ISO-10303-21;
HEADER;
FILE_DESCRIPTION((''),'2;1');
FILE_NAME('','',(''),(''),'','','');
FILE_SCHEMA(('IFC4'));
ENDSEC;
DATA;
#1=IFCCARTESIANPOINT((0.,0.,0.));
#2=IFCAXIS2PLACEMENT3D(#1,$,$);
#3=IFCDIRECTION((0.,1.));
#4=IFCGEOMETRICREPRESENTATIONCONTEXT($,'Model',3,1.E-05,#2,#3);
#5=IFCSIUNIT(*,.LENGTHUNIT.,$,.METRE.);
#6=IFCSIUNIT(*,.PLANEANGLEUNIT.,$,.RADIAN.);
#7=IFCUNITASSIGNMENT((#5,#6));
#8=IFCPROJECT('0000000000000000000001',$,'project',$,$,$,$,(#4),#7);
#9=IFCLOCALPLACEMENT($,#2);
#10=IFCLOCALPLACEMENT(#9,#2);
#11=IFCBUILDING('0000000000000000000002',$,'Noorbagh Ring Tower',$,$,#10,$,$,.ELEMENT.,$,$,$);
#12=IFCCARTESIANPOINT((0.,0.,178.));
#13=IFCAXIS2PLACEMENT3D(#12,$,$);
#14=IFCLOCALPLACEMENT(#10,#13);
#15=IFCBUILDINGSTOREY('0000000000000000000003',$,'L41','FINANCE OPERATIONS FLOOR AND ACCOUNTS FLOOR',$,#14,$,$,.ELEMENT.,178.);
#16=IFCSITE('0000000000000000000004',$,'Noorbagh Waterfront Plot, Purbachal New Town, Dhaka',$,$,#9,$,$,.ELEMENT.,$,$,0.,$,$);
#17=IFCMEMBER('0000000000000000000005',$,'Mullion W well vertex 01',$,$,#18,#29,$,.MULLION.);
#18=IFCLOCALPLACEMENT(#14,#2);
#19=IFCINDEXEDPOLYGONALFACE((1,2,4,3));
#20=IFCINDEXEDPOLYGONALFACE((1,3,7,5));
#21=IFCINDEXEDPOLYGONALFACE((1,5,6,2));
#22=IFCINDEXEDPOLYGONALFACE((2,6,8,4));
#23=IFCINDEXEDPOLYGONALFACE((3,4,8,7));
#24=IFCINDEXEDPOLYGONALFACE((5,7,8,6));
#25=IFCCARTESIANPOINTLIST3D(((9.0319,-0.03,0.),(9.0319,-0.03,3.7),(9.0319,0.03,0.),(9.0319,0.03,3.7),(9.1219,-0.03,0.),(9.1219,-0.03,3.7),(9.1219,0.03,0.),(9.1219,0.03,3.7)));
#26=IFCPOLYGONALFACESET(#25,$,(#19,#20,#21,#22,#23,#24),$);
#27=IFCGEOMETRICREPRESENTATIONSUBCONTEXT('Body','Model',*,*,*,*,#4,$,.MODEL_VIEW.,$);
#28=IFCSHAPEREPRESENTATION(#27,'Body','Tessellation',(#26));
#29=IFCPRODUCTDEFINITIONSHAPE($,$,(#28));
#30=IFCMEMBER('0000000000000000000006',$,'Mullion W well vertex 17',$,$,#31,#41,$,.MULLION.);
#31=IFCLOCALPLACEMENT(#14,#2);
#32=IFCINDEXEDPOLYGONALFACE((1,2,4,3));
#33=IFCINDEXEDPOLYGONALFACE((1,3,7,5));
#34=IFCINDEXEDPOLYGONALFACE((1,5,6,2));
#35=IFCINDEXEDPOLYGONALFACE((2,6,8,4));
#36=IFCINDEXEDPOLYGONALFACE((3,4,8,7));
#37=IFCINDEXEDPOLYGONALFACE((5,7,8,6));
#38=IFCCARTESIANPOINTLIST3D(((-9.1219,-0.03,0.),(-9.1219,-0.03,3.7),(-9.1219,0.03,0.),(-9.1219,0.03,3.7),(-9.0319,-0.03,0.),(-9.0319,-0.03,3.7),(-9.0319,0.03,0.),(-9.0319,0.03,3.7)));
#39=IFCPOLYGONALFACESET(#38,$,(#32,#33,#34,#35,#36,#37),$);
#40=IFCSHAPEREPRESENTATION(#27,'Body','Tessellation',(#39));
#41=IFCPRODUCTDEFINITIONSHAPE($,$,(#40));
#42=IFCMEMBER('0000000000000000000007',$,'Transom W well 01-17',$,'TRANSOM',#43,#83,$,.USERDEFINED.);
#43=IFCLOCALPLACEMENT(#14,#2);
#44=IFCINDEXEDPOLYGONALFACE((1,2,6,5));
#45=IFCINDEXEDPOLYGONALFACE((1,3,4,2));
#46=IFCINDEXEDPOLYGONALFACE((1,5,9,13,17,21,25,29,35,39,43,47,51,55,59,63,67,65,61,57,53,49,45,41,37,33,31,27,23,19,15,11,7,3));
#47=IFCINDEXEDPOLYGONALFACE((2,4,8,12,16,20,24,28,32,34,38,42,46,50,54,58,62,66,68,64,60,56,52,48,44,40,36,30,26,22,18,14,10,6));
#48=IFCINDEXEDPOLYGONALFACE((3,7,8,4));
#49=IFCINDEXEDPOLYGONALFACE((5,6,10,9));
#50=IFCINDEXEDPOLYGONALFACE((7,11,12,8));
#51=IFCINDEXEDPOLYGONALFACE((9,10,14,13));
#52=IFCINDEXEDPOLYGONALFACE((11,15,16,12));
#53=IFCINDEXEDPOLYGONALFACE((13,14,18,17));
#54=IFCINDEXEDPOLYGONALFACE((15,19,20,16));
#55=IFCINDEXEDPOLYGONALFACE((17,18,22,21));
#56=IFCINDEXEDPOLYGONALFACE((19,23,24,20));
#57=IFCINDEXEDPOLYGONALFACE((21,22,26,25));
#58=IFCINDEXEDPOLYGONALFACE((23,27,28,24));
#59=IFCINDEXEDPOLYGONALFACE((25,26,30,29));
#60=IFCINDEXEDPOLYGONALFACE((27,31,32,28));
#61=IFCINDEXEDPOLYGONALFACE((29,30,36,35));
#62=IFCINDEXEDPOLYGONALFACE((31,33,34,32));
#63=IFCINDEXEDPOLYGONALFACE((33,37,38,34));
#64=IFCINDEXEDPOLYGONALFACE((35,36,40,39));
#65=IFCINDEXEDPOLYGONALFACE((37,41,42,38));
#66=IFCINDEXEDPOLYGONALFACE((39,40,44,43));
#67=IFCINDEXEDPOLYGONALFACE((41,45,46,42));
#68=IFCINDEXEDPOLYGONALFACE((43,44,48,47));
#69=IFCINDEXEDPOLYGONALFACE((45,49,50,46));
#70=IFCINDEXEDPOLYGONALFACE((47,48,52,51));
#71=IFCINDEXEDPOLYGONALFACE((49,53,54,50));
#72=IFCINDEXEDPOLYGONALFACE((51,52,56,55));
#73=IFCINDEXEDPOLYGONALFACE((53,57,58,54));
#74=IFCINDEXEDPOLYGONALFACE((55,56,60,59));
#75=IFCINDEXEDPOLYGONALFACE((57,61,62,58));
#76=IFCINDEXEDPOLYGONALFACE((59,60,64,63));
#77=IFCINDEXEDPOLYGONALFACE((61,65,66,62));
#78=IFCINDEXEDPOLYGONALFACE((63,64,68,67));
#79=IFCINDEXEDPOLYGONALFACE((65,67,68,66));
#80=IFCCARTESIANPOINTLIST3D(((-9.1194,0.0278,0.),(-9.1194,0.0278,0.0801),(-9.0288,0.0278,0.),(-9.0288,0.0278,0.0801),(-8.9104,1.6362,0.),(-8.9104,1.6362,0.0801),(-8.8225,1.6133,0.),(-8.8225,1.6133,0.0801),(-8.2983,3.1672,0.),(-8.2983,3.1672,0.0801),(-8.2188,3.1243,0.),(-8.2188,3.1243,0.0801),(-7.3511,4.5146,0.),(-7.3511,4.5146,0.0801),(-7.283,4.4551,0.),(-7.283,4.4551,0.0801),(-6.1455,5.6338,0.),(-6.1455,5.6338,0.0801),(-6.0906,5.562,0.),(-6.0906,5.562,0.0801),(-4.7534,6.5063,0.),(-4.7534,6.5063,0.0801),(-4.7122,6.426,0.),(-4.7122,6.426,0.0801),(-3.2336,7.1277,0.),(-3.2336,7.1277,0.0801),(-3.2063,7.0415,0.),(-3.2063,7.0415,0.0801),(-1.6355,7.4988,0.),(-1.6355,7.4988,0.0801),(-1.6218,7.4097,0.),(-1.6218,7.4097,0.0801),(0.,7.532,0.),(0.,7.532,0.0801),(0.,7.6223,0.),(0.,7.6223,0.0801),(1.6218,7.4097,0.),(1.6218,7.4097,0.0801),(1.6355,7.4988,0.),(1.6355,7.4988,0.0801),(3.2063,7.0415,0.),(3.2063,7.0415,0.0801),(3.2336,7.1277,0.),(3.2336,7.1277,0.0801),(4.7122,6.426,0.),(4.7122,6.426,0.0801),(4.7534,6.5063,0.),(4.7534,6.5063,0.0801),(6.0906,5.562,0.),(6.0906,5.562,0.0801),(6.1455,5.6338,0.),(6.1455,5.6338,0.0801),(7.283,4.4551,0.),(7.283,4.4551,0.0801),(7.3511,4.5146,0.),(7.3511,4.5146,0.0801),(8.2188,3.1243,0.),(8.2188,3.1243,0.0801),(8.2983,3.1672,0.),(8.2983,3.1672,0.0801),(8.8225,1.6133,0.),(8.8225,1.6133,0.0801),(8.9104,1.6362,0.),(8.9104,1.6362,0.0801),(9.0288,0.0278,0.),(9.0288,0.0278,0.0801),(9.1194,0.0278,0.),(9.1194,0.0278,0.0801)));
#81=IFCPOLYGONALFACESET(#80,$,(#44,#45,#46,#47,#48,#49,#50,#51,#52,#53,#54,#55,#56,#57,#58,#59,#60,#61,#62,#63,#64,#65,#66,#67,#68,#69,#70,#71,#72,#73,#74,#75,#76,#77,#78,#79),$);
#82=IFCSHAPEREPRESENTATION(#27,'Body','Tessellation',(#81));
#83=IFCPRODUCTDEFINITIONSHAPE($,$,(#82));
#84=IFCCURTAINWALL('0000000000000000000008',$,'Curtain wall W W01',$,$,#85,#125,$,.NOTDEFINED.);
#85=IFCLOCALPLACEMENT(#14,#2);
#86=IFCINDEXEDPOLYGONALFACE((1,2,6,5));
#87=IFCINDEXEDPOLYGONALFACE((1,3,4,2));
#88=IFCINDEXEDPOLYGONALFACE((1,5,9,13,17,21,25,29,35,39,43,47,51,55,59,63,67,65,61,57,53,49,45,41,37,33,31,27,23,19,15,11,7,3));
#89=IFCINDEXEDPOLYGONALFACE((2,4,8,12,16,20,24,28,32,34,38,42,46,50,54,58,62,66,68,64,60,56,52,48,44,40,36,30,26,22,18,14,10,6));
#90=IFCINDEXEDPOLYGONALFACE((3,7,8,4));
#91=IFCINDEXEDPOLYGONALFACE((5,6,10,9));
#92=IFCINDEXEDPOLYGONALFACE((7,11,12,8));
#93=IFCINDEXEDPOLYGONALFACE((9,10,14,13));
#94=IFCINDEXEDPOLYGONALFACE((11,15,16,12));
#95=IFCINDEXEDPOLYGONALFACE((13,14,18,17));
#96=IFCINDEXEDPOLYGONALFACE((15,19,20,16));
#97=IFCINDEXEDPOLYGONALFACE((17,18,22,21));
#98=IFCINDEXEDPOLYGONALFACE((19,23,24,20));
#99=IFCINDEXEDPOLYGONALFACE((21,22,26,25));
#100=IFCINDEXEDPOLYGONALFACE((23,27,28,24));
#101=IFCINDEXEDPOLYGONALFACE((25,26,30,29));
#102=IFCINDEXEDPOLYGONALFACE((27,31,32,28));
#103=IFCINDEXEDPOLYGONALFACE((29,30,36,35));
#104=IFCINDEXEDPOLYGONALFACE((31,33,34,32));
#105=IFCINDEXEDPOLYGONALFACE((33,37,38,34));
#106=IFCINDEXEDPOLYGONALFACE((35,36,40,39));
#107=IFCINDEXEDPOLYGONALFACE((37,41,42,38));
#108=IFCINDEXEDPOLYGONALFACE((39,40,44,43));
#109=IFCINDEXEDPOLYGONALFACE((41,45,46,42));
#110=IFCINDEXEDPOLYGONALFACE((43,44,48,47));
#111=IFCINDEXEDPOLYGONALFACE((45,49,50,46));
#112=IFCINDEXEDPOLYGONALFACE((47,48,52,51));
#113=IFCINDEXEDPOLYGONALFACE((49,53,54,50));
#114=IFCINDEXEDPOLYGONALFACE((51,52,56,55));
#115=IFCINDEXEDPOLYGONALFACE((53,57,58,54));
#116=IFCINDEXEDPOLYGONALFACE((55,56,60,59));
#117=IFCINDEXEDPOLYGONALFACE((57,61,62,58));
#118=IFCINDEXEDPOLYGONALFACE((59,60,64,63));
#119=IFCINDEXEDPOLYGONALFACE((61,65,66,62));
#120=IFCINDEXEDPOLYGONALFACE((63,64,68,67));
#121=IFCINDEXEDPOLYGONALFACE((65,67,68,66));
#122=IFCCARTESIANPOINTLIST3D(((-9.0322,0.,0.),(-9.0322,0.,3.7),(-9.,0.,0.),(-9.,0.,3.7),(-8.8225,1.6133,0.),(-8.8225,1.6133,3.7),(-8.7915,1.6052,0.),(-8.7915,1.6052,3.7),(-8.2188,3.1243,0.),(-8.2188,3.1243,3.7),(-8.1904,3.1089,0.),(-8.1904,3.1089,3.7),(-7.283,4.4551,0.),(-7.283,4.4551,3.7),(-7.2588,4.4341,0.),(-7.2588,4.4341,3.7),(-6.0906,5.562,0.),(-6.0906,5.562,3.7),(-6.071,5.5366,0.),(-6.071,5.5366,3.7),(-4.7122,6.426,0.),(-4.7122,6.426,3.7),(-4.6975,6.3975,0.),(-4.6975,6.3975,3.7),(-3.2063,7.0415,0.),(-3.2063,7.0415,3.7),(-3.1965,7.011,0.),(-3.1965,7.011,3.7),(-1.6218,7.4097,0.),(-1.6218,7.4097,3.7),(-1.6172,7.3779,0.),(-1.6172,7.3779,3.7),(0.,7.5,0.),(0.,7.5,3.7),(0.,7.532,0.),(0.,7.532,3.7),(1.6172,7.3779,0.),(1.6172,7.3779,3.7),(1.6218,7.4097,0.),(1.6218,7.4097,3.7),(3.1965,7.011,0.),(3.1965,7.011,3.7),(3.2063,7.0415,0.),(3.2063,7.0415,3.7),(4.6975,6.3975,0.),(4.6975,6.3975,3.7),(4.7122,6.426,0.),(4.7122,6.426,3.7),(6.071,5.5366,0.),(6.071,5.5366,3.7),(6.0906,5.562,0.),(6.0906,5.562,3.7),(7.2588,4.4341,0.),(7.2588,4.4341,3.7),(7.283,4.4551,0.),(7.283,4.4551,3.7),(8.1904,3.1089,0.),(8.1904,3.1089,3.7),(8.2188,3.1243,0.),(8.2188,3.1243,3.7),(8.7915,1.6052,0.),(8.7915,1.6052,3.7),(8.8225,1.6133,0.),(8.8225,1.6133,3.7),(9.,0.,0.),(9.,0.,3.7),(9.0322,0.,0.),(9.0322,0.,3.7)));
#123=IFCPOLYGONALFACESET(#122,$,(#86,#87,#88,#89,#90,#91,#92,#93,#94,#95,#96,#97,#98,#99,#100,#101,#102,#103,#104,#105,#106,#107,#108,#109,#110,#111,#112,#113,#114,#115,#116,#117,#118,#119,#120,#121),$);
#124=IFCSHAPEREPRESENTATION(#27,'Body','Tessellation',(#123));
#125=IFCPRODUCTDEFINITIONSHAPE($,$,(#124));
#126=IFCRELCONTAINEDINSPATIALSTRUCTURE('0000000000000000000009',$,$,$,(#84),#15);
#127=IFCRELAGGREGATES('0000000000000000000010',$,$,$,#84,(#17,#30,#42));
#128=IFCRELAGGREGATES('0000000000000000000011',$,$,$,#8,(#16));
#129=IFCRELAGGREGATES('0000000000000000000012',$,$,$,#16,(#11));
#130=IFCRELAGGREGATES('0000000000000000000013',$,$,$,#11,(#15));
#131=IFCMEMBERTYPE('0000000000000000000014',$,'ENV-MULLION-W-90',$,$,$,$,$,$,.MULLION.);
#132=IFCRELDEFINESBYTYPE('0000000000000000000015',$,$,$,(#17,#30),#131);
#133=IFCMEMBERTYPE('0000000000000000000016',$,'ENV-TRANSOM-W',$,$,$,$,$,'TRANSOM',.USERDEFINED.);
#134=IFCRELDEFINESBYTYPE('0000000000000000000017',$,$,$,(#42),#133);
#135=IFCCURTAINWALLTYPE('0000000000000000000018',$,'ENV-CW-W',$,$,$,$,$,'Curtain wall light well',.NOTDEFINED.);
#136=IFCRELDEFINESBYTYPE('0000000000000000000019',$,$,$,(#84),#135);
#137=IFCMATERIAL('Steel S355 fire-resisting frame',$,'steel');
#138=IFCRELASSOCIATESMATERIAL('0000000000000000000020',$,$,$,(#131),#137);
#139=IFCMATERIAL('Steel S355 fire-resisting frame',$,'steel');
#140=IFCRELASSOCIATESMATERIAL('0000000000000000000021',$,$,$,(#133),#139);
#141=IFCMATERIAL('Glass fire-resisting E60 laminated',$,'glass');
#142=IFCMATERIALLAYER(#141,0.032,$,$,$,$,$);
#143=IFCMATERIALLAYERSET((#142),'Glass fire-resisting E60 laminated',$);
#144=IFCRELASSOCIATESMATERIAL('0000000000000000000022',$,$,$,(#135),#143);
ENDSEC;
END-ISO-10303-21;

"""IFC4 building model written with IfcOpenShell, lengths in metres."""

from ifc_helpers import new_model, si_unit, direction, frame, origin, origin_2d, place, context, subcontext, project, spatial, polyline, rectangle, outline, extrude, material, layer, layer_set, material_profile, profile_set, type_object, element, aggregate, save


model = new_model("IFC4")

# Units and contexts
model_context = context("Model", 3, precision=1e-05, world=origin(), true_north=direction((0.0, 1.0)))
body_context = subcontext(model_context, "Body", "Model", "MODEL_VIEW")
ifc_project = project(units=[si_unit("LENGTHUNIT", "METRE"), si_unit("PLANEANGLEUNIT", "RADIAN")], contexts=[model_context])

# Members
site_placement = place(None, origin())
building_placement = place(site_placement, origin())
storey_placement = place(building_placement, frame((0.0, 0.0, 178.0)))
ifc_material_1 = material(Name="Steel S355 fire-resisting frame", Category="steel")
ifc_material_profile_1 = material_profile(ifc_material_1, rectangle(XDim=0.0901, YDim=0.0601, at=origin_2d()), Name="90x60")
ifc_profile_set_1 = profile_set([ifc_material_profile_1], Name="Steel S355 fire-resisting frame")
member_type_1 = type_object("IfcMemberType", Name="ENV-MULLION-W-90", PredefinedType="MULLION", material=ifc_profile_set_1)
member_1_placement = place(storey_placement, frame((9.0769, 0.0, 0.0), z_axis=(0.0, 0.0, 1.0), x_axis=(1.0, 0.0, 0.0)))
member_1 = element("IfcMember", 1, at=member_1_placement, type_object=member_type_1, Name="Mullion W well vertex 01", PredefinedType="MULLION", context=body_context, shape_type="SweptSolid", body=[
    extrude(rectangle(XDim=0.0901, YDim=0.0601, at=origin_2d()), origin(), (0.0, 0.0, 1.0), 3.7),
])
member_2_placement = place(storey_placement, frame((-9.0769, 0.0, 0.0), z_axis=(0.0, 0.0, 1.0), x_axis=(-1.0, 0.0, 0.0)))
member_2 = element("IfcMember", 2, at=member_2_placement, type_object=member_type_1, Name="Mullion W well vertex 17", PredefinedType="MULLION", context=body_context, shape_type="SweptSolid", body=[
    extrude(rectangle(XDim=0.0901, YDim=0.0601, at=origin_2d()), origin(), (0.0, 0.0, 1.0), 3.7),
])
ifc_material_2 = material(Name="Steel S355 fire-resisting frame", Category="steel")
member_type_2 = type_object("IfcMemberType", Name="ENV-TRANSOM-W", ElementType="TRANSOM", PredefinedType="USERDEFINED", material=ifc_material_2)
member_3_placement = place(storey_placement, origin())
member_3 = element("IfcMember", 3, at=member_3_placement, type_object=member_type_2, Name="Transom W well 01-17", ObjectType="TRANSOM", PredefinedType="USERDEFINED", context=body_context, shape_type="SweptSolid", body=[
    extrude(outline(polyline([(9.1194, 0.0278), (8.9104, 1.6362), (8.2983, 3.1672), (7.3511, 4.5146), (6.1455, 5.6338), (4.7534, 6.5063), (3.2336, 7.1277), (1.6355, 7.4988), (0.0, 7.6223), (-1.6355, 7.4988), (-3.2336, 7.1277), (-4.7534, 6.5063), (-6.1455, 5.6338), (-7.3511, 4.5146), (-8.2983, 3.1672), (-8.9104, 1.6362), (-9.1194, 0.0278), (-9.0288, 0.0278), (-8.8225, 1.6133), (-8.2188, 3.1243), (-7.283, 4.4551), (-6.0906, 5.562), (-4.7122, 6.426), (-3.2063, 7.0415), (-1.6218, 7.4097), (0.0, 7.532), (1.6218, 7.4097), (3.2063, 7.0415), (4.7122, 6.426), (6.0906, 5.562), (7.283, 4.4551), (8.2188, 3.1243), (8.8225, 1.6133), (9.0288, 0.0278), (9.1194, 0.0278)])), origin(), (0.0, 0.0, 1.0), 0.0801),
])

# Site, building, storey
site = spatial("IfcSite", under=ifc_project, at=site_placement, Name="Noorbagh Waterfront Plot, Purbachal New Town, Dhaka", CompositionType="ELEMENT", RefElevation=0.0)
building = spatial("IfcBuilding", under=site, at=building_placement, Name="Noorbagh Ring Tower", CompositionType="ELEMENT")
storey = spatial("IfcBuildingStorey", under=building, at=storey_placement, Name="L41", Description="FINANCE OPERATIONS FLOOR AND ACCOUNTS FLOOR", CompositionType="ELEMENT", Elevation=178.0)

# Curtain wall
ifc_material_3 = material(Name="Glass fire-resisting E60 laminated", Category="glass")
ifc_layer_1 = layer(ifc_material_3, 0.032)
ifc_layer_set_1 = layer_set([ifc_layer_1], Name="Glass fire-resisting E60 laminated")
curtain_wall_type_1 = type_object("IfcCurtainWallType", Name="ENV-CW-W", ElementType="Curtain wall light well", PredefinedType="NOTDEFINED", material=ifc_layer_set_1)
curtain_wall_1_placement = place(storey_placement, origin())
curtain_wall_1 = element("IfcCurtainWall", 4, at=curtain_wall_1_placement, inside=storey, type_object=curtain_wall_type_1, Name="Curtain wall W W01", PredefinedType="NOTDEFINED", context=body_context, shape_type="SweptSolid", body=[
    extrude(outline(polyline([(9.0322, 0.0), (8.8225, 1.6133), (8.2188, 3.1243), (7.283, 4.4551), (6.0906, 5.562), (4.7122, 6.426), (3.2063, 7.0415), (1.6218, 7.4097), (0.0, 7.532), (-1.6218, 7.4097), (-3.2063, 7.0415), (-4.7122, 6.426), (-6.0906, 5.562), (-7.283, 4.4551), (-8.2188, 3.1243), (-8.8225, 1.6133), (-9.0322, 0.0), (-9.0, 0.0), (-8.7915, 1.6052), (-8.1904, 3.1089), (-7.2588, 4.4341), (-6.071, 5.5366), (-4.6975, 6.3975), (-3.1965, 7.011), (-1.6172, 7.3779), (0.0, 7.5), (1.6172, 7.3779), (3.1965, 7.011), (4.6975, 6.3975), (6.071, 5.5366), (7.2588, 4.4341), (8.1904, 3.1089), (8.7915, 1.6052), (9.0, 0.0), (9.0322, 0.0)])), origin(), (0.0, 0.0, 1.0), 3.7),
])
aggregate(curtain_wall_1, [member_1, member_2, member_3])

save(model, "model.ifc")
